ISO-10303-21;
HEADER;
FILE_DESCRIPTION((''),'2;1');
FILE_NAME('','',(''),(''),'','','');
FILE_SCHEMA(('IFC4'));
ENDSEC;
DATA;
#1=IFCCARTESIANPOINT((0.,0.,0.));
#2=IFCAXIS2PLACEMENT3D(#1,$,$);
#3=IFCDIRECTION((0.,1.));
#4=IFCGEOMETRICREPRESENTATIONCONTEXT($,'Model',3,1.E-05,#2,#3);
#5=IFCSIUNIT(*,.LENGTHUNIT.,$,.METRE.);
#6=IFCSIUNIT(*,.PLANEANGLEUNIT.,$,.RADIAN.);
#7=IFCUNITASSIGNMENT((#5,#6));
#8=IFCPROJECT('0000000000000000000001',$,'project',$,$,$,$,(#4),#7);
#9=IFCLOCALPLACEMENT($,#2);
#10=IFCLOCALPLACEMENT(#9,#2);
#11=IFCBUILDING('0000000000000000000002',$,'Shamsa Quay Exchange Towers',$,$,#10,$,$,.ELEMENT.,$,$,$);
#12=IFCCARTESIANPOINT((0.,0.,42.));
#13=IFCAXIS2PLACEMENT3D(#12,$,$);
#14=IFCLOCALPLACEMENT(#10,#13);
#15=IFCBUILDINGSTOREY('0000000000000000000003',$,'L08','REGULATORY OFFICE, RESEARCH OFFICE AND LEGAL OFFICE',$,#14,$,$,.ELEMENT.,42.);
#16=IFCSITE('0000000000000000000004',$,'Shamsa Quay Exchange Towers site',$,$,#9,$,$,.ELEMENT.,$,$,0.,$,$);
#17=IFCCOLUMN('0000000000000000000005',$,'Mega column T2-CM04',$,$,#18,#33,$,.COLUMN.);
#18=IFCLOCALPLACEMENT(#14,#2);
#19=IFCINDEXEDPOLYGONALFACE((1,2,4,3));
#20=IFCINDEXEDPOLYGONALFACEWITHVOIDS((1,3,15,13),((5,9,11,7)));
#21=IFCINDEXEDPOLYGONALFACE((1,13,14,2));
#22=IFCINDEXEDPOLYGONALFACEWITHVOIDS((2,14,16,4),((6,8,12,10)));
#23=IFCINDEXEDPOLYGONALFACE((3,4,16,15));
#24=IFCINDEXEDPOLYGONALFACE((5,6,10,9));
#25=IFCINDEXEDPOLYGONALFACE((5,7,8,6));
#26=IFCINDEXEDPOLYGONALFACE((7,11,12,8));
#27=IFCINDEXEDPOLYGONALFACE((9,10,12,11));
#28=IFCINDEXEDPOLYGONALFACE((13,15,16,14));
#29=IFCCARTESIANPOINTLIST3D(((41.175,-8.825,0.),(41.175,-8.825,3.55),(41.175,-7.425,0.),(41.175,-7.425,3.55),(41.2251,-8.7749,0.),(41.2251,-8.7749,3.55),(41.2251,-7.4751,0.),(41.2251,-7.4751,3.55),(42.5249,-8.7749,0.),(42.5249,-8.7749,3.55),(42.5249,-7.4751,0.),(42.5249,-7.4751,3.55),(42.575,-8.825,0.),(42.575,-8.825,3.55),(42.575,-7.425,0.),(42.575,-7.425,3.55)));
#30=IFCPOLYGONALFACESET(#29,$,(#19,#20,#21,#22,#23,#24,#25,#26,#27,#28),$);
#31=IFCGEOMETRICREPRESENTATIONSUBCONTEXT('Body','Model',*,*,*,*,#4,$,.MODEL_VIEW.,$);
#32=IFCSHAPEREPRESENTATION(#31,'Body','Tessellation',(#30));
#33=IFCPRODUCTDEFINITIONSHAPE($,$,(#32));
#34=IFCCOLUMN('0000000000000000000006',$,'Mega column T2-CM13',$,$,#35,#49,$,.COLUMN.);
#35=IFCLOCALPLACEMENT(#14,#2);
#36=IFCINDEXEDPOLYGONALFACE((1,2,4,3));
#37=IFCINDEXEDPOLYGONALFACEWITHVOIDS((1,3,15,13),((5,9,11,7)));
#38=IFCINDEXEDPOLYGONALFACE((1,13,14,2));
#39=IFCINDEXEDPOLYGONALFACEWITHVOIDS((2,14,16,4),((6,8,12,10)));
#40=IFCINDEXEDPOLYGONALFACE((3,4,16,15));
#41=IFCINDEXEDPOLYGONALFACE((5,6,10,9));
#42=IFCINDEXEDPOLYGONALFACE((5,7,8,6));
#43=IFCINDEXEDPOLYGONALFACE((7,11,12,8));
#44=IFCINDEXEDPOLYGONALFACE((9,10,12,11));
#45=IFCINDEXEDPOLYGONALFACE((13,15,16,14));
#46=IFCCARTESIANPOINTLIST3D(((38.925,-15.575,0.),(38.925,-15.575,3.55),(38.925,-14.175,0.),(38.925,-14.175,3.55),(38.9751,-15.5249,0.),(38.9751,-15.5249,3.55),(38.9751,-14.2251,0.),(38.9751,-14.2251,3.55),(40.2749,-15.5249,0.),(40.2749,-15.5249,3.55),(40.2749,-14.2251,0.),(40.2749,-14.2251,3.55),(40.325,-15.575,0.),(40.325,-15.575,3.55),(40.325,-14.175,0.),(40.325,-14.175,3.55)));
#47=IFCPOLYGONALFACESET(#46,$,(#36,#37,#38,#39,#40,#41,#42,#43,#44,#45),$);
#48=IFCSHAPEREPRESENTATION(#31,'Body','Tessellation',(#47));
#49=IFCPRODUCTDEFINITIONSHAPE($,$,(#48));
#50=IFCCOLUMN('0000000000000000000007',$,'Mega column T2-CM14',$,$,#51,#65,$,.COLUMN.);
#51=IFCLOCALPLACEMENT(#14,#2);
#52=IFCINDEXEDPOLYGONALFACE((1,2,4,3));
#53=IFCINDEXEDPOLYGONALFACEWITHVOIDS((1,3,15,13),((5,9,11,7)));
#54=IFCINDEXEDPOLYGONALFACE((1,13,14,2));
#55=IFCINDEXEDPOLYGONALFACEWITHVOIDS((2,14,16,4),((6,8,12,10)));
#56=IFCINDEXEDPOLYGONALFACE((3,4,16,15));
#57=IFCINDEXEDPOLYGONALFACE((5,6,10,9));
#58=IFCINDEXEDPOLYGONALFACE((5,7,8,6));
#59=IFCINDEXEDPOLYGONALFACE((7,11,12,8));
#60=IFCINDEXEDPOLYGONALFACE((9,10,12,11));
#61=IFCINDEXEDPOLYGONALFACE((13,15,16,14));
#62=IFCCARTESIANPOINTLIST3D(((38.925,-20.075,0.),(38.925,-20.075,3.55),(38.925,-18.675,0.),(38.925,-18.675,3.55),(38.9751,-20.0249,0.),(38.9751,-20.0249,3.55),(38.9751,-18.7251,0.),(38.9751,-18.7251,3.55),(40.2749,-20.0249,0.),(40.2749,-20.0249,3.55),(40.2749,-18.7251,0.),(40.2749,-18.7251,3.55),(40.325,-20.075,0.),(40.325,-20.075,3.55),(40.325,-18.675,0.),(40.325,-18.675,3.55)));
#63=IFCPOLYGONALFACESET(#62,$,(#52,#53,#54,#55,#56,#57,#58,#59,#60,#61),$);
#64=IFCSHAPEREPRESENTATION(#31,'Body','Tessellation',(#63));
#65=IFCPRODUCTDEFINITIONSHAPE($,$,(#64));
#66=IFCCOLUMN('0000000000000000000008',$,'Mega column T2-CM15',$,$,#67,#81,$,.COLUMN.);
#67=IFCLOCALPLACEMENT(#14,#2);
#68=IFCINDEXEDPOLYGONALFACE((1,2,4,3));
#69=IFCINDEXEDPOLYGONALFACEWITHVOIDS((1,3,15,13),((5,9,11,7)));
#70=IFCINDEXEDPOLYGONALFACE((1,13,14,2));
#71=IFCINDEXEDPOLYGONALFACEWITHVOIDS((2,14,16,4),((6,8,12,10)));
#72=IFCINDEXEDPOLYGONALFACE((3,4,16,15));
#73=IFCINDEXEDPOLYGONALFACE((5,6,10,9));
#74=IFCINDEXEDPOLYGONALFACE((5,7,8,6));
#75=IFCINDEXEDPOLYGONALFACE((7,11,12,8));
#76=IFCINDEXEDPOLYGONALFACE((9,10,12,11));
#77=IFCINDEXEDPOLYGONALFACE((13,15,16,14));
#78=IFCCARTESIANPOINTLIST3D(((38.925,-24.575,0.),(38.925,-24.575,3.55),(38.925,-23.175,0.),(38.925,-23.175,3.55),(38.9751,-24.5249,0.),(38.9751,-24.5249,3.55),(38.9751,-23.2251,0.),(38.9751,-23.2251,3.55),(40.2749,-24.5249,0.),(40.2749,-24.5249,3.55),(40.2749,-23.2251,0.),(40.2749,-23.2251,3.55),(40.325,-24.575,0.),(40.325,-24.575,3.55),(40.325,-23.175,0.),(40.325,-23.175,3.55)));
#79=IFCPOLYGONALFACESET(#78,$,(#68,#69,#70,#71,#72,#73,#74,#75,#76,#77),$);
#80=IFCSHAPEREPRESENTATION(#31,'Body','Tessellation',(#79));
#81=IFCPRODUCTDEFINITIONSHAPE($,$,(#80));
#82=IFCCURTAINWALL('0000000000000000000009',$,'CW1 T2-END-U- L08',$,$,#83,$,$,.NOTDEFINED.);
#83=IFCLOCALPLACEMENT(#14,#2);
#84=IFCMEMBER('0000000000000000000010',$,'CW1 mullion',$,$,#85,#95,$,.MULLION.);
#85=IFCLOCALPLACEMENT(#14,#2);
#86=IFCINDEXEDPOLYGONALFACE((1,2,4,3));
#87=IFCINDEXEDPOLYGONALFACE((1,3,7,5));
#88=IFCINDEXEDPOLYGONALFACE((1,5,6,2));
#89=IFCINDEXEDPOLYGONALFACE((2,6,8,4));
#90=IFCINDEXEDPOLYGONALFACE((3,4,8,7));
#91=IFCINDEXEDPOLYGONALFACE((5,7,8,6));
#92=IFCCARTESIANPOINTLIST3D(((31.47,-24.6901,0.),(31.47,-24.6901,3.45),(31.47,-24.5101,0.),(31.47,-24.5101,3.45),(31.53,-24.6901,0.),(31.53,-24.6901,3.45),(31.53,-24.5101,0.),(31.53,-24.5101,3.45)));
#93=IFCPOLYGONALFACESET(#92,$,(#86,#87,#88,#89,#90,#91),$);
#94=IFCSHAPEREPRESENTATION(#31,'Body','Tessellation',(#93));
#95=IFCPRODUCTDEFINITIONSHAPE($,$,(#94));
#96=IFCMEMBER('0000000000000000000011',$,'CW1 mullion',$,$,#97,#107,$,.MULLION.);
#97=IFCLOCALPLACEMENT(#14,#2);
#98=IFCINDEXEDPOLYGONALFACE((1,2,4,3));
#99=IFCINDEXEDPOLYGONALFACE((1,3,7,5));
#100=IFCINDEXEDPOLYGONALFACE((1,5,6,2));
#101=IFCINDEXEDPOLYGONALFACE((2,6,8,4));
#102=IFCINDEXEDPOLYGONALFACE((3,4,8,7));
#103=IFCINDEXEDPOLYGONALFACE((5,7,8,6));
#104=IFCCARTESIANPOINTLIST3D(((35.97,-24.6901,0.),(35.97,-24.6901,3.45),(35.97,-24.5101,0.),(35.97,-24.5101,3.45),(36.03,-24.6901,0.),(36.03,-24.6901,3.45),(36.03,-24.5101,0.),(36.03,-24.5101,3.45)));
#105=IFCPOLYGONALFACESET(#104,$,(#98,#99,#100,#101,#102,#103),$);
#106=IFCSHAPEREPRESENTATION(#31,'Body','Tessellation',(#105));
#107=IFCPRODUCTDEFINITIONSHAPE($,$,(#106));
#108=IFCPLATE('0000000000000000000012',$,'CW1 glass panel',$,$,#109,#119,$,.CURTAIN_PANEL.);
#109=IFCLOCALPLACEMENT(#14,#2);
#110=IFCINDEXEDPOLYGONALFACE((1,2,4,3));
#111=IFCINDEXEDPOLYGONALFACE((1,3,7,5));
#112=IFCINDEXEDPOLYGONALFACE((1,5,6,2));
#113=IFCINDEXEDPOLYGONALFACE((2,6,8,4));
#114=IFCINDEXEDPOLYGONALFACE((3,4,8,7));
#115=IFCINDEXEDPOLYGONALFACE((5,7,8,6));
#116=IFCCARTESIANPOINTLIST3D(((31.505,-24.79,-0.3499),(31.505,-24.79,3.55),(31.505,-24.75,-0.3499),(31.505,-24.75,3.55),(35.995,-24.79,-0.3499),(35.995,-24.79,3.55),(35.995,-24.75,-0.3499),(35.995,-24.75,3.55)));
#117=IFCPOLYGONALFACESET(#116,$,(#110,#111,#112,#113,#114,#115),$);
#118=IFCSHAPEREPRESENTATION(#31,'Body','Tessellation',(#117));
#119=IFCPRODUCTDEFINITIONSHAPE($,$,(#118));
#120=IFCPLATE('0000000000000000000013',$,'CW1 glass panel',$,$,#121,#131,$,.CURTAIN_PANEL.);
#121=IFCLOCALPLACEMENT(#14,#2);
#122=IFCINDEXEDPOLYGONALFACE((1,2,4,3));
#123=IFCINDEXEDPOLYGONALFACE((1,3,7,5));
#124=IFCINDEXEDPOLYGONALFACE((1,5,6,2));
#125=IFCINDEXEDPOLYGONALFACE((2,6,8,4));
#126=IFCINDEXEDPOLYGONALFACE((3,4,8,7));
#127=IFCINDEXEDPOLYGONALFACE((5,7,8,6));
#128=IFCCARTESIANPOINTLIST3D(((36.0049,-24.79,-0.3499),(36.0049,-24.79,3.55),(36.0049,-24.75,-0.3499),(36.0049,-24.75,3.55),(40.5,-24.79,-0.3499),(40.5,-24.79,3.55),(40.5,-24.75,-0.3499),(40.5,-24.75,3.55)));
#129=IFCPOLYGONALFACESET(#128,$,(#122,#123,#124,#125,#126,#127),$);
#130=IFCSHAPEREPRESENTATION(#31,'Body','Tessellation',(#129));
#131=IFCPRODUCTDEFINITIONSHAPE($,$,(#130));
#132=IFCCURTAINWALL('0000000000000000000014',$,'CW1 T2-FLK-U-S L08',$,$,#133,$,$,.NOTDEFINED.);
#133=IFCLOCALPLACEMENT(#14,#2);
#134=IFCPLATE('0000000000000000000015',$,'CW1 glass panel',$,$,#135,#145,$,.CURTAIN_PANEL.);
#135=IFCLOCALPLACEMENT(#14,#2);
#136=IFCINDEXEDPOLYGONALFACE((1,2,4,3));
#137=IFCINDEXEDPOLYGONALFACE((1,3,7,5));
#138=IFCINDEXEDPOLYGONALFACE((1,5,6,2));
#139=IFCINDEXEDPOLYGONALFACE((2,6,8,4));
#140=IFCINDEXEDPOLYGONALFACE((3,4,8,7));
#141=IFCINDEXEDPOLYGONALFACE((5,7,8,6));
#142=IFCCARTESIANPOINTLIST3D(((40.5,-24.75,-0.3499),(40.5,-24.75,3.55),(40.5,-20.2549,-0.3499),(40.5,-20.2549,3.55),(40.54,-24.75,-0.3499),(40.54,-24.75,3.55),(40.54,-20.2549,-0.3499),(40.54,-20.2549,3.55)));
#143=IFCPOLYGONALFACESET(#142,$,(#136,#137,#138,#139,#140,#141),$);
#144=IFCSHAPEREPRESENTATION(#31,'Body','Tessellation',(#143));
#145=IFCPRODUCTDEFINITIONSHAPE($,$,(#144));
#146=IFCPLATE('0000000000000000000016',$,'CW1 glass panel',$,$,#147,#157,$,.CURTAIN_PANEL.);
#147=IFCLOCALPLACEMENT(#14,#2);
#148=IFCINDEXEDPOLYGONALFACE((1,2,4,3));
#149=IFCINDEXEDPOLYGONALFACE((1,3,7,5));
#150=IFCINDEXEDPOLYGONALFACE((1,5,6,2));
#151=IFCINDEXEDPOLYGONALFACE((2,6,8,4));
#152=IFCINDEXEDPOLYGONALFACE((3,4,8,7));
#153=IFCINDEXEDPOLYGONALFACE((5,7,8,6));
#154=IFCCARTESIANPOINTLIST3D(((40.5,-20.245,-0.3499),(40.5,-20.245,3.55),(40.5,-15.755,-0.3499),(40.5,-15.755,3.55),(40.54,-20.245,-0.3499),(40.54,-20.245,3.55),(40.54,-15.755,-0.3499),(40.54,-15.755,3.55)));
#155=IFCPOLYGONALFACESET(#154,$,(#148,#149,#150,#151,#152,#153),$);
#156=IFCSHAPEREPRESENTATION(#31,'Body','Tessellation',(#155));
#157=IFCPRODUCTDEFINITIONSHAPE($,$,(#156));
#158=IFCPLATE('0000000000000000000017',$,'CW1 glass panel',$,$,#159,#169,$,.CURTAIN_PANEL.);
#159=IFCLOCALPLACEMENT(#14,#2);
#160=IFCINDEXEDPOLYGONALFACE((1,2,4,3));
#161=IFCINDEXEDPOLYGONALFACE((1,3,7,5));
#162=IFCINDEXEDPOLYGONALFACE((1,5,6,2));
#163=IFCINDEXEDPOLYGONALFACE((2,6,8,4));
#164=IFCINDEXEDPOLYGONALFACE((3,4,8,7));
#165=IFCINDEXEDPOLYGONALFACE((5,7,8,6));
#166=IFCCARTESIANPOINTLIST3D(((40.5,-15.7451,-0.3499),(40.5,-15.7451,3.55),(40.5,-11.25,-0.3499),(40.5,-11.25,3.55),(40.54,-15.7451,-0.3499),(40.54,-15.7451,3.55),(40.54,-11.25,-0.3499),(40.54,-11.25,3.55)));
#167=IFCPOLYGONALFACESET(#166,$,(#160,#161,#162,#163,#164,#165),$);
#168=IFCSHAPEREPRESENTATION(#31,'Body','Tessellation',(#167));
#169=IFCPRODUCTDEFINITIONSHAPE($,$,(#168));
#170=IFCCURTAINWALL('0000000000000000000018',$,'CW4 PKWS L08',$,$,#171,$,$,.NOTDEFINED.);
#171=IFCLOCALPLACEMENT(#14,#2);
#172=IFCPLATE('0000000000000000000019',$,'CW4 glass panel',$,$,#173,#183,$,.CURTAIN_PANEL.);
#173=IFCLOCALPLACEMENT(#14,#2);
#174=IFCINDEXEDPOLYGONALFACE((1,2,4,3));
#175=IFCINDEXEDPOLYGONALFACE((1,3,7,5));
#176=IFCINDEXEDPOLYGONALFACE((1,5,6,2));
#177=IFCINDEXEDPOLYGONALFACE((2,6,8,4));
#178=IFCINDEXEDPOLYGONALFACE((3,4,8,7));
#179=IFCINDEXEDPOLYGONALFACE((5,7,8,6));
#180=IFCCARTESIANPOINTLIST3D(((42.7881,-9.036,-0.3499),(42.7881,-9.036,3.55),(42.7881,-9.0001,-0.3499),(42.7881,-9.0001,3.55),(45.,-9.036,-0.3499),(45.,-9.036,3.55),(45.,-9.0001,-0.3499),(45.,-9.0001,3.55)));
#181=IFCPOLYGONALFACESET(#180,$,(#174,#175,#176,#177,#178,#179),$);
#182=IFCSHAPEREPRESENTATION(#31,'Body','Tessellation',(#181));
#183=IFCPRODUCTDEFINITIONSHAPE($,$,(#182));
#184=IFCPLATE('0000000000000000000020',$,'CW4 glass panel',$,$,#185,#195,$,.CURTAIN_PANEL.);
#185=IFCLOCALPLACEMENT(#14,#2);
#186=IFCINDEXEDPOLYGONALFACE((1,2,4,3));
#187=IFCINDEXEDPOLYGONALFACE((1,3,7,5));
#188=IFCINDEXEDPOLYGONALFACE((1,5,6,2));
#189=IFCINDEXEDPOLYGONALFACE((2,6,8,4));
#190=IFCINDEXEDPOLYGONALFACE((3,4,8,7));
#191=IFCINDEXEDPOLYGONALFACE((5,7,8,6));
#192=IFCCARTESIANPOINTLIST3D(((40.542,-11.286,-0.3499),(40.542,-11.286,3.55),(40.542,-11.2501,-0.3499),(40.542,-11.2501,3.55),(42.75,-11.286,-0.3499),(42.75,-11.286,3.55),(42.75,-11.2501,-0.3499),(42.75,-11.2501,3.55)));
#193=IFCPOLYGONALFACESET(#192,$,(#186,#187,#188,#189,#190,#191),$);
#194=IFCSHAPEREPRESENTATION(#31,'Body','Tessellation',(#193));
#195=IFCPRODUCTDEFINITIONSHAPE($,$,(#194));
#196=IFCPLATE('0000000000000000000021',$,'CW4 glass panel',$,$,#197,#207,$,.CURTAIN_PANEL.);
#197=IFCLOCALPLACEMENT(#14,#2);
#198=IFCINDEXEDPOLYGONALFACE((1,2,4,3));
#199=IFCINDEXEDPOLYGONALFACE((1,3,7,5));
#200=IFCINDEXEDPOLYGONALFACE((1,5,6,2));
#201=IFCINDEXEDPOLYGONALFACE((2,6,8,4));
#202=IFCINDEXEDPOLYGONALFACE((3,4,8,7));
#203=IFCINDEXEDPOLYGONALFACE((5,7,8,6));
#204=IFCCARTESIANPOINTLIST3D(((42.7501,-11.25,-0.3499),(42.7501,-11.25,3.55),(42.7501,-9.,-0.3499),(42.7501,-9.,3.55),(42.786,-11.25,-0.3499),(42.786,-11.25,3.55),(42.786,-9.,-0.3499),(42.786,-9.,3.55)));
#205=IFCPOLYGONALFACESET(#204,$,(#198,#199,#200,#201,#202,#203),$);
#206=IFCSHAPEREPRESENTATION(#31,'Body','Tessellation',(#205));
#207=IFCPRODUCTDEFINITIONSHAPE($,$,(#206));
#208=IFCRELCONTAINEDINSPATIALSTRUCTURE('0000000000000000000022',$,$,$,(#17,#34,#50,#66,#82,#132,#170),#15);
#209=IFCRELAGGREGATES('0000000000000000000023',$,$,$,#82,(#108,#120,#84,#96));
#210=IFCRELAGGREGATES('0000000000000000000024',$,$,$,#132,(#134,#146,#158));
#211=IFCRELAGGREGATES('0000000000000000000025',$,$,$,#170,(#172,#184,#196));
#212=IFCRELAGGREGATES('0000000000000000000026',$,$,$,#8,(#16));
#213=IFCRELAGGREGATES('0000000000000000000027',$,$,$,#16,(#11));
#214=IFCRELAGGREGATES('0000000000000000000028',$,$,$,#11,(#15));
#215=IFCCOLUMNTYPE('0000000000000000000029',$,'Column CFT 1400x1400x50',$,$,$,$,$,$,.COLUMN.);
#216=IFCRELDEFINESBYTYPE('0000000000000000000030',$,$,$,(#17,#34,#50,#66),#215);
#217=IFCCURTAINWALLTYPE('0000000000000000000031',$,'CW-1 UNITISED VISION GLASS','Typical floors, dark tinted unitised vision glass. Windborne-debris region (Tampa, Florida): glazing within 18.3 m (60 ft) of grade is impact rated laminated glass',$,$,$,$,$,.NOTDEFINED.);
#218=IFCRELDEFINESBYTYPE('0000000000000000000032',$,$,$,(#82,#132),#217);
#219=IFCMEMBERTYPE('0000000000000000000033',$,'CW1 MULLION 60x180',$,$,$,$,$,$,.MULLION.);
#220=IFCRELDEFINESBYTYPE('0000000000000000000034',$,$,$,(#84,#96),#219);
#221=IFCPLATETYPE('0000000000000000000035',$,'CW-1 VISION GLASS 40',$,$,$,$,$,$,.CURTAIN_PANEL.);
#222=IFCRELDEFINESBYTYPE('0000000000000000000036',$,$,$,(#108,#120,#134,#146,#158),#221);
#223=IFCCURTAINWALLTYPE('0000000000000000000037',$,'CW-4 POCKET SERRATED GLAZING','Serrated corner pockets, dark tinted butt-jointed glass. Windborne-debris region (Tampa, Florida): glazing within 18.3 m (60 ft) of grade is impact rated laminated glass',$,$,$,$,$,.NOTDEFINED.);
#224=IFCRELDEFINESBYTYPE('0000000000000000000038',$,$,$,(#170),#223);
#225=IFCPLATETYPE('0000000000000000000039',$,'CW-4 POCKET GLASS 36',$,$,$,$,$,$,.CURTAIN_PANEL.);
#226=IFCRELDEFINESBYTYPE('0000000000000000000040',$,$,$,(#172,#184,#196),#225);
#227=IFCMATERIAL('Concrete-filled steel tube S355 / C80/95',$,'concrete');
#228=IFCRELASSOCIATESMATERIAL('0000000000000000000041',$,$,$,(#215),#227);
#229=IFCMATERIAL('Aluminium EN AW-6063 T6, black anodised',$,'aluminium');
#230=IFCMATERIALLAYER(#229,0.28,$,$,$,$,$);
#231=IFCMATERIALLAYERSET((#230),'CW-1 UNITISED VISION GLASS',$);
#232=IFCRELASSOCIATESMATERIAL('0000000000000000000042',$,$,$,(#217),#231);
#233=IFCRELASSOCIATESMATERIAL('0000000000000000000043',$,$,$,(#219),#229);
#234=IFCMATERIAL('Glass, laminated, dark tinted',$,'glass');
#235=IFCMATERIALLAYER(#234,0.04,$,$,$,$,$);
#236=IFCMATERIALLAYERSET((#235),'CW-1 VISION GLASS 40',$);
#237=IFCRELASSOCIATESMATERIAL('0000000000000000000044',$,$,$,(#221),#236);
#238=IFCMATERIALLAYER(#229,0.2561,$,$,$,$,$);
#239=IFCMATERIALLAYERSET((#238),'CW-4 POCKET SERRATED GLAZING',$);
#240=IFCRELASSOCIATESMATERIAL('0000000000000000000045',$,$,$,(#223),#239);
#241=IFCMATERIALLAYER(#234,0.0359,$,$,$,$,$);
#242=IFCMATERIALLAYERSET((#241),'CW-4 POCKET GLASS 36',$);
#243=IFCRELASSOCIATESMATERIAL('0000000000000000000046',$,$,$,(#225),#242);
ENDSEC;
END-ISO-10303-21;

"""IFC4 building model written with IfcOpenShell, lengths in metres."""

from ifc_helpers import new_model, si_unit, direction, frame, origin, origin_2d, place, context, subcontext, project, spatial, rectangle, hollow_rectangle, extrude, material, layer, layer_set, material_profile, profile_set, type_object, element, aggregate, save


model = new_model("IFC4")

# Units and contexts
model_context = context("Model", 3, precision=1e-05, world=origin(), true_north=direction((0.0, 1.0)))
body_context = subcontext(model_context, "Body", "Model", "MODEL_VIEW")
ifc_project = project(units=[si_unit("LENGTHUNIT", "METRE"), si_unit("PLANEANGLEUNIT", "RADIAN")], contexts=[model_context])

# Site, building, storey
site_placement = place(None, origin())
site = spatial("IfcSite", under=ifc_project, at=site_placement, Name="Shamsa Quay Exchange Towers site", CompositionType="ELEMENT", RefElevation=0.0)
building_placement = place(site_placement, origin())
building = spatial("IfcBuilding", under=site, at=building_placement, Name="Shamsa Quay Exchange Towers", CompositionType="ELEMENT")
storey_placement = place(building_placement, frame((0.0, 0.0, 42.0)))
storey = spatial("IfcBuildingStorey", under=building, at=storey_placement, Name="L08", Description="REGULATORY OFFICE, RESEARCH OFFICE AND LEGAL OFFICE", CompositionType="ELEMENT", Elevation=42.0)

# Columns
ifc_material_1 = material(Name="Concrete-filled steel tube S355 / C80/95", Category="concrete")
ifc_material_profile_1 = material_profile(ifc_material_1, hollow_rectangle(XDim=1.3999, YDim=1.3999, WallThickness=0.05, at=origin_2d()), Name="CFT 1400x1400x50")
ifc_profile_set_1 = profile_set([ifc_material_profile_1], Name="Concrete-filled steel tube S355 / C80/95")
column_type = type_object("IfcColumnType", Name="Column CFT 1400x1400x50", PredefinedType="COLUMN", material=ifc_profile_set_1)
for number, where, name in (
    (1, (41.875, -8.125, 0.0), "Mega column T2-CM04"),
    (2, (39.625, -14.875, 0.0), "Mega column T2-CM13"),
    (3, (39.625, -19.375, 0.0), "Mega column T2-CM14"),
    (4, (39.625, -23.875, 0.0), "Mega column T2-CM15"),
):
    element("IfcColumn", number, at=place(storey_placement, frame(where)), inside=storey, type_object=column_type, Name=name, PredefinedType="COLUMN", context=body_context, shape_type="SweptSolid", body=[
        extrude(hollow_rectangle(XDim=1.3999, YDim=1.3999, WallThickness=0.05, at=origin_2d()), origin(), (0.0, 0.0, 1.0), 3.55),
    ])

# Curtain wall, members, plates
ifc_material_2 = material(Name="Aluminium EN AW-6063 T6, black anodised", Category="aluminium")
ifc_layer_1 = layer(ifc_material_2, 0.28)
ifc_layer_set_1 = layer_set([ifc_layer_1], Name="CW-1 UNITISED VISION GLASS")
curtain_wall_type_1 = type_object("IfcCurtainWallType", Name="CW-1 UNITISED VISION GLASS", Description="Typical floors, dark tinted unitised vision glass. Windborne-debris region (Tampa, Florida): glazing within 18.3 m (60 ft) of grade is impact rated laminated glass", PredefinedType="NOTDEFINED", material=ifc_layer_set_1)
curtain_wall_1_placement = place(storey_placement, origin())
curtain_wall_1 = element("IfcCurtainWall", 5, at=curtain_wall_1_placement, inside=storey, type_object=curtain_wall_type_1, Name="CW1 T2-END-U- L08", PredefinedType="NOTDEFINED")
ifc_material_profile_2 = material_profile(ifc_material_2, rectangle(XDim=0.1799, YDim=0.0601, at=origin_2d()), Name="MU60x180")
ifc_profile_set_2 = profile_set([ifc_material_profile_2], Name="Aluminium EN AW-6063 T6, black anodised")
member_type = type_object("IfcMemberType", Name="CW1 MULLION 60x180", PredefinedType="MULLION", material=ifc_profile_set_2)
member_1_placement = place(storey_placement, frame((31.5, -24.6001, 0.0), z_axis=(0.0, 0.0, 1.0), x_axis=(0.0, 1.0, 0.0)))
member_1 = element("IfcMember", 6, at=member_1_placement, type_object=member_type, Name="CW1 mullion", PredefinedType="MULLION", context=body_context, shape_type="SweptSolid", body=[
    extrude(rectangle(XDim=0.1799, YDim=0.0601, at=origin_2d()), origin(), (0.0, 0.0, 1.0), 3.45),
])
member_2_placement = place(storey_placement, frame((36.0, -24.6001, 0.0), z_axis=(0.0, 0.0, 1.0), x_axis=(0.0, 1.0, 0.0)))
member_2 = element("IfcMember", 7, at=member_2_placement, type_object=member_type, Name="CW1 mullion", PredefinedType="MULLION", context=body_context, shape_type="SweptSolid", body=[
    extrude(rectangle(XDim=0.1799, YDim=0.0601, at=origin_2d()), origin(), (0.0, 0.0, 1.0), 3.45),
])
ifc_material_3 = material(Name="Glass, laminated, dark tinted", Category="glass")
ifc_layer_2 = layer(ifc_material_3, 0.04)
ifc_layer_set_2 = layer_set([ifc_layer_2], Name="CW-1 VISION GLASS 40")
plate_type_1 = type_object("IfcPlateType", Name="CW-1 VISION GLASS 40", PredefinedType="CURTAIN_PANEL", material=ifc_layer_set_2)
plate_1_placement = place(storey_placement, frame((33.75, -24.77, -0.3499)))
plate_1 = element("IfcPlate", 8, at=plate_1_placement, type_object=plate_type_1, Name="CW1 glass panel", PredefinedType="CURTAIN_PANEL", context=body_context, shape_type="SweptSolid", body=[
    extrude(rectangle(XDim=4.49, YDim=0.04, at=origin_2d()), origin(), (0.0, 0.0, 1.0), 3.8999),
])
plate_2_placement = place(storey_placement, frame((38.2524, -24.77, -0.3499)))
plate_2 = element("IfcPlate", 9, at=plate_2_placement, type_object=plate_type_1, Name="CW1 glass panel", PredefinedType="CURTAIN_PANEL", context=body_context, shape_type="SweptSolid", body=[
    extrude(rectangle(XDim=4.4951, YDim=0.04, at=origin_2d()), origin(), (0.0, 0.0, 1.0), 3.8999),
])
aggregate(curtain_wall_1, [plate_1, plate_2, member_1, member_2])

# Curtain walls, plates
curtain_wall_2_placement = place(storey_placement, origin())
curtain_wall_2 = element("IfcCurtainWall", 10, at=curtain_wall_2_placement, inside=storey, type_object=curtain_wall_type_1, Name="CW1 T2-FLK-U-S L08", PredefinedType="NOTDEFINED")
plate_3_placement = place(storey_placement, frame((40.52, -22.5024, -0.3499), z_axis=(0.0, 0.0, 1.0), x_axis=(0.0, 1.0, 0.0)))
plate_3 = element("IfcPlate", 11, at=plate_3_placement, type_object=plate_type_1, Name="CW1 glass panel", PredefinedType="CURTAIN_PANEL", context=body_context, shape_type="SweptSolid", body=[
    extrude(rectangle(XDim=4.4951, YDim=0.04, at=origin_2d()), origin(), (0.0, 0.0, 1.0), 3.8999),
])
plate_4_placement = place(storey_placement, frame((40.52, -18.0, -0.3499), z_axis=(0.0, 0.0, 1.0), x_axis=(0.0, 1.0, 0.0)))
plate_4 = element("IfcPlate", 12, at=plate_4_placement, type_object=plate_type_1, Name="CW1 glass panel", PredefinedType="CURTAIN_PANEL", context=body_context, shape_type="SweptSolid", body=[
    extrude(rectangle(XDim=4.49, YDim=0.04, at=origin_2d()), origin(), (0.0, 0.0, 1.0), 3.8999),
])
plate_5_placement = place(storey_placement, frame((40.52, -13.4976, -0.3499), z_axis=(0.0, 0.0, 1.0), x_axis=(0.0, 1.0, 0.0)))
plate_5 = element("IfcPlate", 13, at=plate_5_placement, type_object=plate_type_1, Name="CW1 glass panel", PredefinedType="CURTAIN_PANEL", context=body_context, shape_type="SweptSolid", body=[
    extrude(rectangle(XDim=4.4951, YDim=0.04, at=origin_2d()), origin(), (0.0, 0.0, 1.0), 3.8999),
])
aggregate(curtain_wall_2, [plate_3, plate_4, plate_5])
ifc_layer_3 = layer(ifc_material_2, 0.2561)
ifc_layer_set_3 = layer_set([ifc_layer_3], Name="CW-4 POCKET SERRATED GLAZING")
curtain_wall_type_2 = type_object("IfcCurtainWallType", Name="CW-4 POCKET SERRATED GLAZING", Description="Serrated corner pockets, dark tinted butt-jointed glass. Windborne-debris region (Tampa, Florida): glazing within 18.3 m (60 ft) of grade is impact rated laminated glass", PredefinedType="NOTDEFINED", material=ifc_layer_set_3)
curtain_wall_3_placement = place(storey_placement, origin())
curtain_wall_3 = element("IfcCurtainWall", 14, at=curtain_wall_3_placement, inside=storey, type_object=curtain_wall_type_2, Name="CW4 PKWS L08", PredefinedType="NOTDEFINED")
ifc_layer_4 = layer(ifc_material_3, 0.0359)
ifc_layer_set_4 = layer_set([ifc_layer_4], Name="CW-4 POCKET GLASS 36")
plate_type_2 = type_object("IfcPlateType", Name="CW-4 POCKET GLASS 36", PredefinedType="CURTAIN_PANEL", material=ifc_layer_set_4)
plate_6_placement = place(storey_placement, frame((43.894, -9.0181, -0.3499)))
plate_6 = element("IfcPlate", 15, at=plate_6_placement, type_object=plate_type_2, Name="CW4 glass panel", PredefinedType="CURTAIN_PANEL", context=body_context, shape_type="SweptSolid", body=[
    extrude(rectangle(XDim=2.2119, YDim=0.0359, at=origin_2d()), origin(), (0.0, 0.0, 1.0), 3.8999),
])
plate_7_placement = place(storey_placement, frame((41.646, -11.2681, -0.3499)))
plate_7 = element("IfcPlate", 16, at=plate_7_placement, type_object=plate_type_2, Name="CW4 glass panel", PredefinedType="CURTAIN_PANEL", context=body_context, shape_type="SweptSolid", body=[
    extrude(rectangle(XDim=2.208, YDim=0.0359, at=origin_2d()), origin(), (0.0, 0.0, 1.0), 3.8999),
])
plate_8_placement = place(storey_placement, frame((42.7681, -10.125, -0.3499), z_axis=(0.0, 0.0, 1.0), x_axis=(0.0, 1.0, 0.0)))
plate_8 = element("IfcPlate", 17, at=plate_8_placement, type_object=plate_type_2, Name="CW4 glass panel", PredefinedType="CURTAIN_PANEL", context=body_context, shape_type="SweptSolid", body=[
    extrude(rectangle(XDim=2.25, YDim=0.0359, at=origin_2d()), origin(), (0.0, 0.0, 1.0), 3.8999),
])
aggregate(curtain_wall_3, [plate_6, plate_7, plate_8])

save(model, "model.ifc")
